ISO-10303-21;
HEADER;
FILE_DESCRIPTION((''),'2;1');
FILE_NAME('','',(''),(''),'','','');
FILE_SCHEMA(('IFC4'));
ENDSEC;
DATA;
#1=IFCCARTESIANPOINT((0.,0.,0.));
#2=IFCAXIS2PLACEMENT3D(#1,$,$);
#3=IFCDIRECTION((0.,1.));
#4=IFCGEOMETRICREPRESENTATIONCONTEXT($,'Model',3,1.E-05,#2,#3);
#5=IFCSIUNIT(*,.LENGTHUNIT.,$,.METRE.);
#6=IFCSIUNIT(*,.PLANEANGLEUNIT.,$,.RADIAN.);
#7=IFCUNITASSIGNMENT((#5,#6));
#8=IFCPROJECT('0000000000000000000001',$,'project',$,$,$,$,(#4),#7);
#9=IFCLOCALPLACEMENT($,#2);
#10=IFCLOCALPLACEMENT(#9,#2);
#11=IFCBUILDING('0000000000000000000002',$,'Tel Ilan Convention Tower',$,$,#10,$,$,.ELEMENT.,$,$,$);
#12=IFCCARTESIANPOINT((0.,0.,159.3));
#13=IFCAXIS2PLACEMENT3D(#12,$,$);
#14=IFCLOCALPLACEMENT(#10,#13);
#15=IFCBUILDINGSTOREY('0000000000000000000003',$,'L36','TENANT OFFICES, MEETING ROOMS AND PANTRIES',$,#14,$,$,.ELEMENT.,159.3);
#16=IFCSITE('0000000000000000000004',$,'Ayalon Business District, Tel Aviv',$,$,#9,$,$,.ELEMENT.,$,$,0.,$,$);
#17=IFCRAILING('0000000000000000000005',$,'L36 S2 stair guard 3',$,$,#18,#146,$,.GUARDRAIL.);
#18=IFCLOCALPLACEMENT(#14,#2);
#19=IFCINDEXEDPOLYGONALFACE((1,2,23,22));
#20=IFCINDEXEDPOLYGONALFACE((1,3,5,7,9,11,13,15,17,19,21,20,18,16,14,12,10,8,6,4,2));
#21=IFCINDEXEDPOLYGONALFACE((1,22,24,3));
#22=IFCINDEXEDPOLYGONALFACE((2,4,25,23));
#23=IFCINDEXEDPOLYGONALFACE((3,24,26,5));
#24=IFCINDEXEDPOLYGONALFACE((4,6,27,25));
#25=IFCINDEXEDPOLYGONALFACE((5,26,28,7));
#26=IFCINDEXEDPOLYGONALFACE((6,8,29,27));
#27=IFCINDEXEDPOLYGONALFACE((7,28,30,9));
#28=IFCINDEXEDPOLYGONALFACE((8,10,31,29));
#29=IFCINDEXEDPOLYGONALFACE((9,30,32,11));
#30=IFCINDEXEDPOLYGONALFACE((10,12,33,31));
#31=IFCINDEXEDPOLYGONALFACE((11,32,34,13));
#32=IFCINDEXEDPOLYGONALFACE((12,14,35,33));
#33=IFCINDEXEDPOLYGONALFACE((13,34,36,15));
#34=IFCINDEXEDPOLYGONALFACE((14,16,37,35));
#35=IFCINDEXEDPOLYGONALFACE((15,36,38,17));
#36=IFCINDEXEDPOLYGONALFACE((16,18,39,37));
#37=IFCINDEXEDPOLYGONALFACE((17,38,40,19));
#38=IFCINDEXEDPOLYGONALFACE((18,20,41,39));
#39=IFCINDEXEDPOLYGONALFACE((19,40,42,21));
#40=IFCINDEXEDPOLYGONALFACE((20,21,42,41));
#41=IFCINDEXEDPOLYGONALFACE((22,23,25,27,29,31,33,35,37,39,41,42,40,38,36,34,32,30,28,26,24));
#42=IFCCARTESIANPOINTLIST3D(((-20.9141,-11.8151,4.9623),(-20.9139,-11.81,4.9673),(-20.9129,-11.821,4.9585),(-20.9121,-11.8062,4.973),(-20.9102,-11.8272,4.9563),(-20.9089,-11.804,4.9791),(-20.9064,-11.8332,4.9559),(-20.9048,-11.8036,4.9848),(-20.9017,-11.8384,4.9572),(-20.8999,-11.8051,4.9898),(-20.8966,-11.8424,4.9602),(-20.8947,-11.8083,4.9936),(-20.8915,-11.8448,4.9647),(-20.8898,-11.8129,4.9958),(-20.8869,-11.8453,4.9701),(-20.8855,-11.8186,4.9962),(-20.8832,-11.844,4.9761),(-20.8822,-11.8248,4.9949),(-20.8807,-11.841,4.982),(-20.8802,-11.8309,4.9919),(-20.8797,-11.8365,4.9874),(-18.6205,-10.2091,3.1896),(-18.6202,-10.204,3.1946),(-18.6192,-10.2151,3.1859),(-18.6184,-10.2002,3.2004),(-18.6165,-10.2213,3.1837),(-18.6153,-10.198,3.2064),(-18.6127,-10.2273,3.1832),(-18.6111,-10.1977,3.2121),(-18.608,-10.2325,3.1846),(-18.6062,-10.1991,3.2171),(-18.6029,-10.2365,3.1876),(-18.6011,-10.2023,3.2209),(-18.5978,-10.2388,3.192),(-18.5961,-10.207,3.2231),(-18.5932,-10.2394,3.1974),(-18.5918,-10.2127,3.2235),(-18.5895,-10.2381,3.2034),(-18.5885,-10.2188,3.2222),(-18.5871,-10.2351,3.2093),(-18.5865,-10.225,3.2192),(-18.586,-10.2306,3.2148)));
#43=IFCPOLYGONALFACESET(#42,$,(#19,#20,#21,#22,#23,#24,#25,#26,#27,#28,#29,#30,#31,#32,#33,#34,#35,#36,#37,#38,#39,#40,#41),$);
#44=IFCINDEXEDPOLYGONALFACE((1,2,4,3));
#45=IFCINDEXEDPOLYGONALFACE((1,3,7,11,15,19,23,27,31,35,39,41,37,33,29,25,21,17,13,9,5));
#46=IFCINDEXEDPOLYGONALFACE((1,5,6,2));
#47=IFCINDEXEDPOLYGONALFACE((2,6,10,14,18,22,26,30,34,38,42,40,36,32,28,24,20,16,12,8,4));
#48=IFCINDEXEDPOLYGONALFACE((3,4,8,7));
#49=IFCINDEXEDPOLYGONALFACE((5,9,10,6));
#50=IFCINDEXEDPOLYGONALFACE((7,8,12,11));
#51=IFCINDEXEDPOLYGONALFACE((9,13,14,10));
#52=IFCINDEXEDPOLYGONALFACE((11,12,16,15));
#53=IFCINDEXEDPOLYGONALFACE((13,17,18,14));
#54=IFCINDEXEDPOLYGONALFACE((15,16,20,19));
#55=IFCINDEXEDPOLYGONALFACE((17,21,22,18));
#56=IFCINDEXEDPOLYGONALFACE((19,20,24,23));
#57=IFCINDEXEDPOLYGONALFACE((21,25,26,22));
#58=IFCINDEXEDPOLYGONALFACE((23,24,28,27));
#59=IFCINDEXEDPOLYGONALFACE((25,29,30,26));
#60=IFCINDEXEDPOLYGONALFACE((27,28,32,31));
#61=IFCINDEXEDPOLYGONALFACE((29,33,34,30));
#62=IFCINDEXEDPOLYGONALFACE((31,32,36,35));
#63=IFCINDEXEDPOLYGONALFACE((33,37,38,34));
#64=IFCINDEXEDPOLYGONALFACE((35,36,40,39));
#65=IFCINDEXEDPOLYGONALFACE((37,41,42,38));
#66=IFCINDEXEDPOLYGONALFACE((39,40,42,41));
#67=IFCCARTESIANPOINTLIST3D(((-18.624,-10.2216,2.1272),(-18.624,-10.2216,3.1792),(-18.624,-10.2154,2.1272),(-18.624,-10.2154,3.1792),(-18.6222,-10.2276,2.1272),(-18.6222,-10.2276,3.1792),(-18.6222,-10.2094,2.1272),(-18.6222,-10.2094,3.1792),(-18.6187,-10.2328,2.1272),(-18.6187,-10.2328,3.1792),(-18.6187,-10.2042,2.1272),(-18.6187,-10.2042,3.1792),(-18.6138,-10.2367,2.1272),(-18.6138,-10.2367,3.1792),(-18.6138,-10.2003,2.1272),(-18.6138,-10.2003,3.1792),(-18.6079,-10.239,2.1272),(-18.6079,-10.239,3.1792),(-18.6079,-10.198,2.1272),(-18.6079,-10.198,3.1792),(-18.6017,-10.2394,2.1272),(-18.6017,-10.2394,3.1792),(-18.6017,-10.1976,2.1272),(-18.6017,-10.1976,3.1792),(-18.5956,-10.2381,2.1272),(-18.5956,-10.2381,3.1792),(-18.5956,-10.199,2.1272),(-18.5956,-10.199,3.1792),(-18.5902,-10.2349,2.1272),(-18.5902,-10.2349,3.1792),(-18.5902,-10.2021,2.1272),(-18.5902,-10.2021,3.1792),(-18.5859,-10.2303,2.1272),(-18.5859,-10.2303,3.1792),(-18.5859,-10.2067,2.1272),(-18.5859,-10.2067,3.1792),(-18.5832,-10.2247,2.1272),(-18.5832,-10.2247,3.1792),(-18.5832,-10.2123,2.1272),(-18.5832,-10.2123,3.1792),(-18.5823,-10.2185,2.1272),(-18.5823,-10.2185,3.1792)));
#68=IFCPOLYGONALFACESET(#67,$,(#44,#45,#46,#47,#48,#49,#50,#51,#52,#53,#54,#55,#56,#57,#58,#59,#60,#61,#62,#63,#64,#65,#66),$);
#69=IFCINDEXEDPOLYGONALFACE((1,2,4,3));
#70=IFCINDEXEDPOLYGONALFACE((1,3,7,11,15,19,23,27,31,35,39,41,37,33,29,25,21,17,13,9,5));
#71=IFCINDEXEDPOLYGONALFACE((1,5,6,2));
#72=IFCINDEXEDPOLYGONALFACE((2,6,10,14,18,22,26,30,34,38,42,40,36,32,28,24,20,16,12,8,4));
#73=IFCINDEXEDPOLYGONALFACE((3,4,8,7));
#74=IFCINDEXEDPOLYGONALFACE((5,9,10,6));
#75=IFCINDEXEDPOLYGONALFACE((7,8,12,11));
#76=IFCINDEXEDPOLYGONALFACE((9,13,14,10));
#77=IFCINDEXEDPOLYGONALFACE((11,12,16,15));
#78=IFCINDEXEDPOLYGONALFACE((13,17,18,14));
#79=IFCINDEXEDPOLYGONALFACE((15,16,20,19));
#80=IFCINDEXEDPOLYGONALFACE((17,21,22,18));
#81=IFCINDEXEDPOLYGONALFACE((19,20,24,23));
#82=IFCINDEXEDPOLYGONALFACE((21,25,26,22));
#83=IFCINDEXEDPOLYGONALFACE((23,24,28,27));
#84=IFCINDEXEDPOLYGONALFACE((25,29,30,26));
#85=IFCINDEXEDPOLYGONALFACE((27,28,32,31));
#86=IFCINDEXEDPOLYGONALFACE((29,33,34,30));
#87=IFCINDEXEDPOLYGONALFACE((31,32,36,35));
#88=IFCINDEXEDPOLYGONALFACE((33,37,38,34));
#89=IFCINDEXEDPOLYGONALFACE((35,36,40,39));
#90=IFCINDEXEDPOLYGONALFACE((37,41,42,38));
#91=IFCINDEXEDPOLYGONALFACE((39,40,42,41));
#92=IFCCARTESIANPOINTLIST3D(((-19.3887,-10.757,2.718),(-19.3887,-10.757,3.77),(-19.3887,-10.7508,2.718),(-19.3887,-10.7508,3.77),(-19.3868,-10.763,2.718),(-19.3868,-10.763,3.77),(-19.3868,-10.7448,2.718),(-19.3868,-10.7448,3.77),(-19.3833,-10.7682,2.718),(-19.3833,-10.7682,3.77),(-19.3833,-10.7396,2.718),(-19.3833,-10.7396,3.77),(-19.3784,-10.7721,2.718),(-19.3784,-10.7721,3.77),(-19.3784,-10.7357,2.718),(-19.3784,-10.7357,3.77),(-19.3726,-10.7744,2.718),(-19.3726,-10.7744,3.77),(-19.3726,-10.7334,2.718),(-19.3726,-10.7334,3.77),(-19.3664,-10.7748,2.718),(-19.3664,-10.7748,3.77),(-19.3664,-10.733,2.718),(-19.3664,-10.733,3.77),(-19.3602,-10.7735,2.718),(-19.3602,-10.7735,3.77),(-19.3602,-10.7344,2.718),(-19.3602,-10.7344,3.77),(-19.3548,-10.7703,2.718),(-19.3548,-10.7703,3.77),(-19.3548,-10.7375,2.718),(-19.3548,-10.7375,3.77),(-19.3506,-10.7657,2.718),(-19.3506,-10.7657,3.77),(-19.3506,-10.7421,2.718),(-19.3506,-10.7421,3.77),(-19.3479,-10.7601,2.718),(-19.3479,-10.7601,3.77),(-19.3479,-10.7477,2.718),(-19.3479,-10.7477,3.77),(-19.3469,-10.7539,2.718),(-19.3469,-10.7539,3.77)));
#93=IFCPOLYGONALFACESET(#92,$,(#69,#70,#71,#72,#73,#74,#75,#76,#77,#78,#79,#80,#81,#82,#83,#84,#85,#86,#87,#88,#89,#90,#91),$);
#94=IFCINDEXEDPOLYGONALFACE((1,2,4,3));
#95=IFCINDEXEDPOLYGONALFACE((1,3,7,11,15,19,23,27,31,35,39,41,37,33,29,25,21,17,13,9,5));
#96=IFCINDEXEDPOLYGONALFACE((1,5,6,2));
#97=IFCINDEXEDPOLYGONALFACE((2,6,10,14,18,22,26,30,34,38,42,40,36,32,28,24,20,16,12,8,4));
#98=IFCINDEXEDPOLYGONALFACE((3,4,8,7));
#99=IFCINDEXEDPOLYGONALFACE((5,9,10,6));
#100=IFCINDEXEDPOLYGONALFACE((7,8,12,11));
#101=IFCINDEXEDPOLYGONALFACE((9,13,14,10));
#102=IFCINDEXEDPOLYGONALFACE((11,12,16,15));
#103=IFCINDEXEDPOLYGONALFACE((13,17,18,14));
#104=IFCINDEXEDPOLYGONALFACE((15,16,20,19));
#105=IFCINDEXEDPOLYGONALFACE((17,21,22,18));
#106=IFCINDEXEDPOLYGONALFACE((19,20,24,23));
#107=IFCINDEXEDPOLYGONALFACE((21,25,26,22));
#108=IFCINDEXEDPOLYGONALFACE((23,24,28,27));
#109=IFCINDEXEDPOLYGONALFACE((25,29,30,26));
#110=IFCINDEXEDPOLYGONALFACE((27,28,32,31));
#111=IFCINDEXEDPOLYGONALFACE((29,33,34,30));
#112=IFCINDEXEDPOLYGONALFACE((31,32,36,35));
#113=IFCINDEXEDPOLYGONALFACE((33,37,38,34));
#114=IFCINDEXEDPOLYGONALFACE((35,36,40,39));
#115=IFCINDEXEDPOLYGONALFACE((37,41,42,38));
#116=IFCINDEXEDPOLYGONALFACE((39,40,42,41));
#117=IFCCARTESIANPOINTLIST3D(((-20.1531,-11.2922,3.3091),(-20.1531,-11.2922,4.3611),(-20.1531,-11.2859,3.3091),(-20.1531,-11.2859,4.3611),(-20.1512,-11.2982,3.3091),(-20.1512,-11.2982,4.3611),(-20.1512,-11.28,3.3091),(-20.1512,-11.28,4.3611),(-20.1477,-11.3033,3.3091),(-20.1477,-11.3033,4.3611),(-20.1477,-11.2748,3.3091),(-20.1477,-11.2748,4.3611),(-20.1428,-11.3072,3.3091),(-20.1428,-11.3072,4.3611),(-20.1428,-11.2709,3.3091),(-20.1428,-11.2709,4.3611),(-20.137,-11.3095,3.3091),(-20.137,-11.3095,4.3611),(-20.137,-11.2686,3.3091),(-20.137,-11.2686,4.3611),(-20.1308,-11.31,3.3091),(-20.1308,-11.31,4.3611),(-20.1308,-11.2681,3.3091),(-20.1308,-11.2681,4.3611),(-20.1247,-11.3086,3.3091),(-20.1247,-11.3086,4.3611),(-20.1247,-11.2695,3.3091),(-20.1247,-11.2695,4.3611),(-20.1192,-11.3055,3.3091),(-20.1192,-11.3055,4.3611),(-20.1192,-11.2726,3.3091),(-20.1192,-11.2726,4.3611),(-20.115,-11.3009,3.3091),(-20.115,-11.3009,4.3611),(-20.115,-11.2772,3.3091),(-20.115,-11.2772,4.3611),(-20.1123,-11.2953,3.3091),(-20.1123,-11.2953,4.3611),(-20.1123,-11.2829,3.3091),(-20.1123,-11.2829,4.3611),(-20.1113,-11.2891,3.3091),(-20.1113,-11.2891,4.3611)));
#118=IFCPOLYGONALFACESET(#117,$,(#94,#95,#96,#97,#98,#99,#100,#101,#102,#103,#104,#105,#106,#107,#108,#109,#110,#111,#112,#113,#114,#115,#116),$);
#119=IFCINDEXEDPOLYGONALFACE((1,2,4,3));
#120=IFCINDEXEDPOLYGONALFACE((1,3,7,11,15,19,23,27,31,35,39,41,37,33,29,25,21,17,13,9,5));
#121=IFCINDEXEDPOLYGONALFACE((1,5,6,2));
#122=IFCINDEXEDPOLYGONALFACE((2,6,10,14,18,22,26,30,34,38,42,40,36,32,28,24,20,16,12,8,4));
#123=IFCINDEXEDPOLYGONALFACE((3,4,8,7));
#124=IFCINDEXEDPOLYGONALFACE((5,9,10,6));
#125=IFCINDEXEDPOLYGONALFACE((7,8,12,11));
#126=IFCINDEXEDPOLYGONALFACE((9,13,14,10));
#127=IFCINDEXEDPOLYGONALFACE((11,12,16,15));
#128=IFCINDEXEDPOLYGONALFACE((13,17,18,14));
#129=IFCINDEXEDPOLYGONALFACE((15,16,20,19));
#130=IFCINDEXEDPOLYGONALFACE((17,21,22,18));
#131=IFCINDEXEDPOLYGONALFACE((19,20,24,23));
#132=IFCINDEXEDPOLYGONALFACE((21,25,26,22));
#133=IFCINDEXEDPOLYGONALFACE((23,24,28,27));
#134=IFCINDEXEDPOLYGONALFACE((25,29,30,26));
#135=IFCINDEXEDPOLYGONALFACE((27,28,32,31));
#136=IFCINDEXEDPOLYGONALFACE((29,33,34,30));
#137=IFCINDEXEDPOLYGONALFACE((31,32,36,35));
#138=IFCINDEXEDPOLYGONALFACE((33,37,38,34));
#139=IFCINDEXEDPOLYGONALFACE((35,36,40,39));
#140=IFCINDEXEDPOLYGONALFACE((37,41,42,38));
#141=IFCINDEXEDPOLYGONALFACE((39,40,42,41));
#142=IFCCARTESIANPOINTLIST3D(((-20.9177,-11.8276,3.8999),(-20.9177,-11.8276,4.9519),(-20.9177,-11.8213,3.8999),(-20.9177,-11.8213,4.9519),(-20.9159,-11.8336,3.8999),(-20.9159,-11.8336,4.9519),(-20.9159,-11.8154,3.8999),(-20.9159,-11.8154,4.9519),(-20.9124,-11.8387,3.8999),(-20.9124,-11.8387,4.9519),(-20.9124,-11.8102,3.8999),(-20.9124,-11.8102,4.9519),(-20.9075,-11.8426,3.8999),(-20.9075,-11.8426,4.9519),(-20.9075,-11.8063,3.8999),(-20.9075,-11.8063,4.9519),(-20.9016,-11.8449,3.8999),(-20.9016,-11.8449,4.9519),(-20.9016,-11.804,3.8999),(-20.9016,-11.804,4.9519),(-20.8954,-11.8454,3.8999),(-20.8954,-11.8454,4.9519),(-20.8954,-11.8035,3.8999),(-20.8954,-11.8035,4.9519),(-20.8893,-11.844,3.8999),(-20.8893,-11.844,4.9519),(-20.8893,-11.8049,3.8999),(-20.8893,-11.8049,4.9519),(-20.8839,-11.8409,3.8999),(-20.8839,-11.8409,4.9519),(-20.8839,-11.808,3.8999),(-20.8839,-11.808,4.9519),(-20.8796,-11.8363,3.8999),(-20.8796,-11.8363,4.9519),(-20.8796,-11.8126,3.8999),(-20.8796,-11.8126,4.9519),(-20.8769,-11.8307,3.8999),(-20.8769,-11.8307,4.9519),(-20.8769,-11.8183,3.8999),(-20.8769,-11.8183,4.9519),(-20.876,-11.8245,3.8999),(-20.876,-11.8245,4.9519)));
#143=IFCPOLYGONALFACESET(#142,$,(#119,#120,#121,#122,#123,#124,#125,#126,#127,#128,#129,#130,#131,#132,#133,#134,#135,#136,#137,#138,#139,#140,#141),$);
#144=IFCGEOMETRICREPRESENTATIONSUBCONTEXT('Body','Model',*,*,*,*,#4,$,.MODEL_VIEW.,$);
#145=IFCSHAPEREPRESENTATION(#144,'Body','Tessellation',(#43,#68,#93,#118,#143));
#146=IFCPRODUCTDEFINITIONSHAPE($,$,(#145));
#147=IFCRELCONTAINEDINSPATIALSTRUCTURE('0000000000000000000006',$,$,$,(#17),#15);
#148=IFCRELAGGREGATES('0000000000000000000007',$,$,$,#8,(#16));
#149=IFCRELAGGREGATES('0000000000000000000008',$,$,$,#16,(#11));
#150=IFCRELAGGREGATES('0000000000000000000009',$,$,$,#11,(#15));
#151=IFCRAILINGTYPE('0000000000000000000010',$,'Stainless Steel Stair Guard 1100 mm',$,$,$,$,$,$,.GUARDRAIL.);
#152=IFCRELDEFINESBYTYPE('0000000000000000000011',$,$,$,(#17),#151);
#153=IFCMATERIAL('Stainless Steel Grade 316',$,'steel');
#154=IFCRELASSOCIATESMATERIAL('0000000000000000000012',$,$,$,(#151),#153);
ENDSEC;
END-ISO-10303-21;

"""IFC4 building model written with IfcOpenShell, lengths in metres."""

from ifc_helpers import new_model, si_unit, direction, frame, origin, origin_2d, place, context, subcontext, project, spatial, circle, extrude, material, type_object, element, save


model = new_model("IFC4")

# Units and contexts
model_context = context("Model", 3, precision=1e-05, world=origin(), true_north=direction((0.0, 1.0)))
body_context = subcontext(model_context, "Body", "Model", "MODEL_VIEW")
ifc_project = project(units=[si_unit("LENGTHUNIT", "METRE"), si_unit("PLANEANGLEUNIT", "RADIAN")], contexts=[model_context])

# Site, building, storey
site_placement = place(None, origin())
site = spatial("IfcSite", under=ifc_project, at=site_placement, Name="Ayalon Business District, Tel Aviv", CompositionType="ELEMENT", RefElevation=0.0)
building_placement = place(site_placement, origin())
building = spatial("IfcBuilding", under=site, at=building_placement, Name="Tel Ilan Convention Tower", CompositionType="ELEMENT")
storey_placement = place(building_placement, frame((0.0, 0.0, 159.3)))
storey = spatial("IfcBuildingStorey", under=building, at=storey_placement, Name="L36", Description="TENANT OFFICES, MEETING ROOMS AND PANTRIES", CompositionType="ELEMENT", Elevation=159.3)

# Railing
ifc_material_1 = material(Name="Stainless Steel Grade 316", Category="steel")
railing_type_1 = type_object("IfcRailingType", Name="Stainless Steel Stair Guard 1100 mm", PredefinedType="GUARDRAIL", material=ifc_material_1)
railing_1_placement = place(storey_placement, frame((-18.6033, -10.2185, 2.1272)))
element("IfcRailing", 1, at=railing_1_placement, inside=storey, type_object=railing_type_1, Name="L36 S2 stair guard 3", PredefinedType="GUARDRAIL", context=body_context, shape_type="SweptSolid", body=[
    extrude(circle(Radius=0.0239, at=origin_2d()), frame((0.0, 0.0, 1.0762), z_axis=(-0.692123, -0.484597, 0.534913), x_axis=(0.57355, -0.81917, 0.0)), (0.0, 0.0, 1.0), 3.314),
    extrude(circle(Radius=0.021, at=origin_2d()), origin(), (0.0, 0.0, 1.0), 1.052),
    extrude(circle(Radius=0.021, at=origin_2d()), frame((-0.7646, -0.5354, 0.5908)), (0.0, 0.0, 1.0), 1.052),
    extrude(circle(Radius=0.021, at=origin_2d()), frame((-1.5291, -1.0706, 1.1819)), (0.0, 0.0, 1.0), 1.052),
    extrude(circle(Radius=0.021, at=origin_2d()), frame((-2.2937, -1.606, 1.7727)), (0.0, 0.0, 1.0), 1.052),
])

save(model, "model.ifc")
